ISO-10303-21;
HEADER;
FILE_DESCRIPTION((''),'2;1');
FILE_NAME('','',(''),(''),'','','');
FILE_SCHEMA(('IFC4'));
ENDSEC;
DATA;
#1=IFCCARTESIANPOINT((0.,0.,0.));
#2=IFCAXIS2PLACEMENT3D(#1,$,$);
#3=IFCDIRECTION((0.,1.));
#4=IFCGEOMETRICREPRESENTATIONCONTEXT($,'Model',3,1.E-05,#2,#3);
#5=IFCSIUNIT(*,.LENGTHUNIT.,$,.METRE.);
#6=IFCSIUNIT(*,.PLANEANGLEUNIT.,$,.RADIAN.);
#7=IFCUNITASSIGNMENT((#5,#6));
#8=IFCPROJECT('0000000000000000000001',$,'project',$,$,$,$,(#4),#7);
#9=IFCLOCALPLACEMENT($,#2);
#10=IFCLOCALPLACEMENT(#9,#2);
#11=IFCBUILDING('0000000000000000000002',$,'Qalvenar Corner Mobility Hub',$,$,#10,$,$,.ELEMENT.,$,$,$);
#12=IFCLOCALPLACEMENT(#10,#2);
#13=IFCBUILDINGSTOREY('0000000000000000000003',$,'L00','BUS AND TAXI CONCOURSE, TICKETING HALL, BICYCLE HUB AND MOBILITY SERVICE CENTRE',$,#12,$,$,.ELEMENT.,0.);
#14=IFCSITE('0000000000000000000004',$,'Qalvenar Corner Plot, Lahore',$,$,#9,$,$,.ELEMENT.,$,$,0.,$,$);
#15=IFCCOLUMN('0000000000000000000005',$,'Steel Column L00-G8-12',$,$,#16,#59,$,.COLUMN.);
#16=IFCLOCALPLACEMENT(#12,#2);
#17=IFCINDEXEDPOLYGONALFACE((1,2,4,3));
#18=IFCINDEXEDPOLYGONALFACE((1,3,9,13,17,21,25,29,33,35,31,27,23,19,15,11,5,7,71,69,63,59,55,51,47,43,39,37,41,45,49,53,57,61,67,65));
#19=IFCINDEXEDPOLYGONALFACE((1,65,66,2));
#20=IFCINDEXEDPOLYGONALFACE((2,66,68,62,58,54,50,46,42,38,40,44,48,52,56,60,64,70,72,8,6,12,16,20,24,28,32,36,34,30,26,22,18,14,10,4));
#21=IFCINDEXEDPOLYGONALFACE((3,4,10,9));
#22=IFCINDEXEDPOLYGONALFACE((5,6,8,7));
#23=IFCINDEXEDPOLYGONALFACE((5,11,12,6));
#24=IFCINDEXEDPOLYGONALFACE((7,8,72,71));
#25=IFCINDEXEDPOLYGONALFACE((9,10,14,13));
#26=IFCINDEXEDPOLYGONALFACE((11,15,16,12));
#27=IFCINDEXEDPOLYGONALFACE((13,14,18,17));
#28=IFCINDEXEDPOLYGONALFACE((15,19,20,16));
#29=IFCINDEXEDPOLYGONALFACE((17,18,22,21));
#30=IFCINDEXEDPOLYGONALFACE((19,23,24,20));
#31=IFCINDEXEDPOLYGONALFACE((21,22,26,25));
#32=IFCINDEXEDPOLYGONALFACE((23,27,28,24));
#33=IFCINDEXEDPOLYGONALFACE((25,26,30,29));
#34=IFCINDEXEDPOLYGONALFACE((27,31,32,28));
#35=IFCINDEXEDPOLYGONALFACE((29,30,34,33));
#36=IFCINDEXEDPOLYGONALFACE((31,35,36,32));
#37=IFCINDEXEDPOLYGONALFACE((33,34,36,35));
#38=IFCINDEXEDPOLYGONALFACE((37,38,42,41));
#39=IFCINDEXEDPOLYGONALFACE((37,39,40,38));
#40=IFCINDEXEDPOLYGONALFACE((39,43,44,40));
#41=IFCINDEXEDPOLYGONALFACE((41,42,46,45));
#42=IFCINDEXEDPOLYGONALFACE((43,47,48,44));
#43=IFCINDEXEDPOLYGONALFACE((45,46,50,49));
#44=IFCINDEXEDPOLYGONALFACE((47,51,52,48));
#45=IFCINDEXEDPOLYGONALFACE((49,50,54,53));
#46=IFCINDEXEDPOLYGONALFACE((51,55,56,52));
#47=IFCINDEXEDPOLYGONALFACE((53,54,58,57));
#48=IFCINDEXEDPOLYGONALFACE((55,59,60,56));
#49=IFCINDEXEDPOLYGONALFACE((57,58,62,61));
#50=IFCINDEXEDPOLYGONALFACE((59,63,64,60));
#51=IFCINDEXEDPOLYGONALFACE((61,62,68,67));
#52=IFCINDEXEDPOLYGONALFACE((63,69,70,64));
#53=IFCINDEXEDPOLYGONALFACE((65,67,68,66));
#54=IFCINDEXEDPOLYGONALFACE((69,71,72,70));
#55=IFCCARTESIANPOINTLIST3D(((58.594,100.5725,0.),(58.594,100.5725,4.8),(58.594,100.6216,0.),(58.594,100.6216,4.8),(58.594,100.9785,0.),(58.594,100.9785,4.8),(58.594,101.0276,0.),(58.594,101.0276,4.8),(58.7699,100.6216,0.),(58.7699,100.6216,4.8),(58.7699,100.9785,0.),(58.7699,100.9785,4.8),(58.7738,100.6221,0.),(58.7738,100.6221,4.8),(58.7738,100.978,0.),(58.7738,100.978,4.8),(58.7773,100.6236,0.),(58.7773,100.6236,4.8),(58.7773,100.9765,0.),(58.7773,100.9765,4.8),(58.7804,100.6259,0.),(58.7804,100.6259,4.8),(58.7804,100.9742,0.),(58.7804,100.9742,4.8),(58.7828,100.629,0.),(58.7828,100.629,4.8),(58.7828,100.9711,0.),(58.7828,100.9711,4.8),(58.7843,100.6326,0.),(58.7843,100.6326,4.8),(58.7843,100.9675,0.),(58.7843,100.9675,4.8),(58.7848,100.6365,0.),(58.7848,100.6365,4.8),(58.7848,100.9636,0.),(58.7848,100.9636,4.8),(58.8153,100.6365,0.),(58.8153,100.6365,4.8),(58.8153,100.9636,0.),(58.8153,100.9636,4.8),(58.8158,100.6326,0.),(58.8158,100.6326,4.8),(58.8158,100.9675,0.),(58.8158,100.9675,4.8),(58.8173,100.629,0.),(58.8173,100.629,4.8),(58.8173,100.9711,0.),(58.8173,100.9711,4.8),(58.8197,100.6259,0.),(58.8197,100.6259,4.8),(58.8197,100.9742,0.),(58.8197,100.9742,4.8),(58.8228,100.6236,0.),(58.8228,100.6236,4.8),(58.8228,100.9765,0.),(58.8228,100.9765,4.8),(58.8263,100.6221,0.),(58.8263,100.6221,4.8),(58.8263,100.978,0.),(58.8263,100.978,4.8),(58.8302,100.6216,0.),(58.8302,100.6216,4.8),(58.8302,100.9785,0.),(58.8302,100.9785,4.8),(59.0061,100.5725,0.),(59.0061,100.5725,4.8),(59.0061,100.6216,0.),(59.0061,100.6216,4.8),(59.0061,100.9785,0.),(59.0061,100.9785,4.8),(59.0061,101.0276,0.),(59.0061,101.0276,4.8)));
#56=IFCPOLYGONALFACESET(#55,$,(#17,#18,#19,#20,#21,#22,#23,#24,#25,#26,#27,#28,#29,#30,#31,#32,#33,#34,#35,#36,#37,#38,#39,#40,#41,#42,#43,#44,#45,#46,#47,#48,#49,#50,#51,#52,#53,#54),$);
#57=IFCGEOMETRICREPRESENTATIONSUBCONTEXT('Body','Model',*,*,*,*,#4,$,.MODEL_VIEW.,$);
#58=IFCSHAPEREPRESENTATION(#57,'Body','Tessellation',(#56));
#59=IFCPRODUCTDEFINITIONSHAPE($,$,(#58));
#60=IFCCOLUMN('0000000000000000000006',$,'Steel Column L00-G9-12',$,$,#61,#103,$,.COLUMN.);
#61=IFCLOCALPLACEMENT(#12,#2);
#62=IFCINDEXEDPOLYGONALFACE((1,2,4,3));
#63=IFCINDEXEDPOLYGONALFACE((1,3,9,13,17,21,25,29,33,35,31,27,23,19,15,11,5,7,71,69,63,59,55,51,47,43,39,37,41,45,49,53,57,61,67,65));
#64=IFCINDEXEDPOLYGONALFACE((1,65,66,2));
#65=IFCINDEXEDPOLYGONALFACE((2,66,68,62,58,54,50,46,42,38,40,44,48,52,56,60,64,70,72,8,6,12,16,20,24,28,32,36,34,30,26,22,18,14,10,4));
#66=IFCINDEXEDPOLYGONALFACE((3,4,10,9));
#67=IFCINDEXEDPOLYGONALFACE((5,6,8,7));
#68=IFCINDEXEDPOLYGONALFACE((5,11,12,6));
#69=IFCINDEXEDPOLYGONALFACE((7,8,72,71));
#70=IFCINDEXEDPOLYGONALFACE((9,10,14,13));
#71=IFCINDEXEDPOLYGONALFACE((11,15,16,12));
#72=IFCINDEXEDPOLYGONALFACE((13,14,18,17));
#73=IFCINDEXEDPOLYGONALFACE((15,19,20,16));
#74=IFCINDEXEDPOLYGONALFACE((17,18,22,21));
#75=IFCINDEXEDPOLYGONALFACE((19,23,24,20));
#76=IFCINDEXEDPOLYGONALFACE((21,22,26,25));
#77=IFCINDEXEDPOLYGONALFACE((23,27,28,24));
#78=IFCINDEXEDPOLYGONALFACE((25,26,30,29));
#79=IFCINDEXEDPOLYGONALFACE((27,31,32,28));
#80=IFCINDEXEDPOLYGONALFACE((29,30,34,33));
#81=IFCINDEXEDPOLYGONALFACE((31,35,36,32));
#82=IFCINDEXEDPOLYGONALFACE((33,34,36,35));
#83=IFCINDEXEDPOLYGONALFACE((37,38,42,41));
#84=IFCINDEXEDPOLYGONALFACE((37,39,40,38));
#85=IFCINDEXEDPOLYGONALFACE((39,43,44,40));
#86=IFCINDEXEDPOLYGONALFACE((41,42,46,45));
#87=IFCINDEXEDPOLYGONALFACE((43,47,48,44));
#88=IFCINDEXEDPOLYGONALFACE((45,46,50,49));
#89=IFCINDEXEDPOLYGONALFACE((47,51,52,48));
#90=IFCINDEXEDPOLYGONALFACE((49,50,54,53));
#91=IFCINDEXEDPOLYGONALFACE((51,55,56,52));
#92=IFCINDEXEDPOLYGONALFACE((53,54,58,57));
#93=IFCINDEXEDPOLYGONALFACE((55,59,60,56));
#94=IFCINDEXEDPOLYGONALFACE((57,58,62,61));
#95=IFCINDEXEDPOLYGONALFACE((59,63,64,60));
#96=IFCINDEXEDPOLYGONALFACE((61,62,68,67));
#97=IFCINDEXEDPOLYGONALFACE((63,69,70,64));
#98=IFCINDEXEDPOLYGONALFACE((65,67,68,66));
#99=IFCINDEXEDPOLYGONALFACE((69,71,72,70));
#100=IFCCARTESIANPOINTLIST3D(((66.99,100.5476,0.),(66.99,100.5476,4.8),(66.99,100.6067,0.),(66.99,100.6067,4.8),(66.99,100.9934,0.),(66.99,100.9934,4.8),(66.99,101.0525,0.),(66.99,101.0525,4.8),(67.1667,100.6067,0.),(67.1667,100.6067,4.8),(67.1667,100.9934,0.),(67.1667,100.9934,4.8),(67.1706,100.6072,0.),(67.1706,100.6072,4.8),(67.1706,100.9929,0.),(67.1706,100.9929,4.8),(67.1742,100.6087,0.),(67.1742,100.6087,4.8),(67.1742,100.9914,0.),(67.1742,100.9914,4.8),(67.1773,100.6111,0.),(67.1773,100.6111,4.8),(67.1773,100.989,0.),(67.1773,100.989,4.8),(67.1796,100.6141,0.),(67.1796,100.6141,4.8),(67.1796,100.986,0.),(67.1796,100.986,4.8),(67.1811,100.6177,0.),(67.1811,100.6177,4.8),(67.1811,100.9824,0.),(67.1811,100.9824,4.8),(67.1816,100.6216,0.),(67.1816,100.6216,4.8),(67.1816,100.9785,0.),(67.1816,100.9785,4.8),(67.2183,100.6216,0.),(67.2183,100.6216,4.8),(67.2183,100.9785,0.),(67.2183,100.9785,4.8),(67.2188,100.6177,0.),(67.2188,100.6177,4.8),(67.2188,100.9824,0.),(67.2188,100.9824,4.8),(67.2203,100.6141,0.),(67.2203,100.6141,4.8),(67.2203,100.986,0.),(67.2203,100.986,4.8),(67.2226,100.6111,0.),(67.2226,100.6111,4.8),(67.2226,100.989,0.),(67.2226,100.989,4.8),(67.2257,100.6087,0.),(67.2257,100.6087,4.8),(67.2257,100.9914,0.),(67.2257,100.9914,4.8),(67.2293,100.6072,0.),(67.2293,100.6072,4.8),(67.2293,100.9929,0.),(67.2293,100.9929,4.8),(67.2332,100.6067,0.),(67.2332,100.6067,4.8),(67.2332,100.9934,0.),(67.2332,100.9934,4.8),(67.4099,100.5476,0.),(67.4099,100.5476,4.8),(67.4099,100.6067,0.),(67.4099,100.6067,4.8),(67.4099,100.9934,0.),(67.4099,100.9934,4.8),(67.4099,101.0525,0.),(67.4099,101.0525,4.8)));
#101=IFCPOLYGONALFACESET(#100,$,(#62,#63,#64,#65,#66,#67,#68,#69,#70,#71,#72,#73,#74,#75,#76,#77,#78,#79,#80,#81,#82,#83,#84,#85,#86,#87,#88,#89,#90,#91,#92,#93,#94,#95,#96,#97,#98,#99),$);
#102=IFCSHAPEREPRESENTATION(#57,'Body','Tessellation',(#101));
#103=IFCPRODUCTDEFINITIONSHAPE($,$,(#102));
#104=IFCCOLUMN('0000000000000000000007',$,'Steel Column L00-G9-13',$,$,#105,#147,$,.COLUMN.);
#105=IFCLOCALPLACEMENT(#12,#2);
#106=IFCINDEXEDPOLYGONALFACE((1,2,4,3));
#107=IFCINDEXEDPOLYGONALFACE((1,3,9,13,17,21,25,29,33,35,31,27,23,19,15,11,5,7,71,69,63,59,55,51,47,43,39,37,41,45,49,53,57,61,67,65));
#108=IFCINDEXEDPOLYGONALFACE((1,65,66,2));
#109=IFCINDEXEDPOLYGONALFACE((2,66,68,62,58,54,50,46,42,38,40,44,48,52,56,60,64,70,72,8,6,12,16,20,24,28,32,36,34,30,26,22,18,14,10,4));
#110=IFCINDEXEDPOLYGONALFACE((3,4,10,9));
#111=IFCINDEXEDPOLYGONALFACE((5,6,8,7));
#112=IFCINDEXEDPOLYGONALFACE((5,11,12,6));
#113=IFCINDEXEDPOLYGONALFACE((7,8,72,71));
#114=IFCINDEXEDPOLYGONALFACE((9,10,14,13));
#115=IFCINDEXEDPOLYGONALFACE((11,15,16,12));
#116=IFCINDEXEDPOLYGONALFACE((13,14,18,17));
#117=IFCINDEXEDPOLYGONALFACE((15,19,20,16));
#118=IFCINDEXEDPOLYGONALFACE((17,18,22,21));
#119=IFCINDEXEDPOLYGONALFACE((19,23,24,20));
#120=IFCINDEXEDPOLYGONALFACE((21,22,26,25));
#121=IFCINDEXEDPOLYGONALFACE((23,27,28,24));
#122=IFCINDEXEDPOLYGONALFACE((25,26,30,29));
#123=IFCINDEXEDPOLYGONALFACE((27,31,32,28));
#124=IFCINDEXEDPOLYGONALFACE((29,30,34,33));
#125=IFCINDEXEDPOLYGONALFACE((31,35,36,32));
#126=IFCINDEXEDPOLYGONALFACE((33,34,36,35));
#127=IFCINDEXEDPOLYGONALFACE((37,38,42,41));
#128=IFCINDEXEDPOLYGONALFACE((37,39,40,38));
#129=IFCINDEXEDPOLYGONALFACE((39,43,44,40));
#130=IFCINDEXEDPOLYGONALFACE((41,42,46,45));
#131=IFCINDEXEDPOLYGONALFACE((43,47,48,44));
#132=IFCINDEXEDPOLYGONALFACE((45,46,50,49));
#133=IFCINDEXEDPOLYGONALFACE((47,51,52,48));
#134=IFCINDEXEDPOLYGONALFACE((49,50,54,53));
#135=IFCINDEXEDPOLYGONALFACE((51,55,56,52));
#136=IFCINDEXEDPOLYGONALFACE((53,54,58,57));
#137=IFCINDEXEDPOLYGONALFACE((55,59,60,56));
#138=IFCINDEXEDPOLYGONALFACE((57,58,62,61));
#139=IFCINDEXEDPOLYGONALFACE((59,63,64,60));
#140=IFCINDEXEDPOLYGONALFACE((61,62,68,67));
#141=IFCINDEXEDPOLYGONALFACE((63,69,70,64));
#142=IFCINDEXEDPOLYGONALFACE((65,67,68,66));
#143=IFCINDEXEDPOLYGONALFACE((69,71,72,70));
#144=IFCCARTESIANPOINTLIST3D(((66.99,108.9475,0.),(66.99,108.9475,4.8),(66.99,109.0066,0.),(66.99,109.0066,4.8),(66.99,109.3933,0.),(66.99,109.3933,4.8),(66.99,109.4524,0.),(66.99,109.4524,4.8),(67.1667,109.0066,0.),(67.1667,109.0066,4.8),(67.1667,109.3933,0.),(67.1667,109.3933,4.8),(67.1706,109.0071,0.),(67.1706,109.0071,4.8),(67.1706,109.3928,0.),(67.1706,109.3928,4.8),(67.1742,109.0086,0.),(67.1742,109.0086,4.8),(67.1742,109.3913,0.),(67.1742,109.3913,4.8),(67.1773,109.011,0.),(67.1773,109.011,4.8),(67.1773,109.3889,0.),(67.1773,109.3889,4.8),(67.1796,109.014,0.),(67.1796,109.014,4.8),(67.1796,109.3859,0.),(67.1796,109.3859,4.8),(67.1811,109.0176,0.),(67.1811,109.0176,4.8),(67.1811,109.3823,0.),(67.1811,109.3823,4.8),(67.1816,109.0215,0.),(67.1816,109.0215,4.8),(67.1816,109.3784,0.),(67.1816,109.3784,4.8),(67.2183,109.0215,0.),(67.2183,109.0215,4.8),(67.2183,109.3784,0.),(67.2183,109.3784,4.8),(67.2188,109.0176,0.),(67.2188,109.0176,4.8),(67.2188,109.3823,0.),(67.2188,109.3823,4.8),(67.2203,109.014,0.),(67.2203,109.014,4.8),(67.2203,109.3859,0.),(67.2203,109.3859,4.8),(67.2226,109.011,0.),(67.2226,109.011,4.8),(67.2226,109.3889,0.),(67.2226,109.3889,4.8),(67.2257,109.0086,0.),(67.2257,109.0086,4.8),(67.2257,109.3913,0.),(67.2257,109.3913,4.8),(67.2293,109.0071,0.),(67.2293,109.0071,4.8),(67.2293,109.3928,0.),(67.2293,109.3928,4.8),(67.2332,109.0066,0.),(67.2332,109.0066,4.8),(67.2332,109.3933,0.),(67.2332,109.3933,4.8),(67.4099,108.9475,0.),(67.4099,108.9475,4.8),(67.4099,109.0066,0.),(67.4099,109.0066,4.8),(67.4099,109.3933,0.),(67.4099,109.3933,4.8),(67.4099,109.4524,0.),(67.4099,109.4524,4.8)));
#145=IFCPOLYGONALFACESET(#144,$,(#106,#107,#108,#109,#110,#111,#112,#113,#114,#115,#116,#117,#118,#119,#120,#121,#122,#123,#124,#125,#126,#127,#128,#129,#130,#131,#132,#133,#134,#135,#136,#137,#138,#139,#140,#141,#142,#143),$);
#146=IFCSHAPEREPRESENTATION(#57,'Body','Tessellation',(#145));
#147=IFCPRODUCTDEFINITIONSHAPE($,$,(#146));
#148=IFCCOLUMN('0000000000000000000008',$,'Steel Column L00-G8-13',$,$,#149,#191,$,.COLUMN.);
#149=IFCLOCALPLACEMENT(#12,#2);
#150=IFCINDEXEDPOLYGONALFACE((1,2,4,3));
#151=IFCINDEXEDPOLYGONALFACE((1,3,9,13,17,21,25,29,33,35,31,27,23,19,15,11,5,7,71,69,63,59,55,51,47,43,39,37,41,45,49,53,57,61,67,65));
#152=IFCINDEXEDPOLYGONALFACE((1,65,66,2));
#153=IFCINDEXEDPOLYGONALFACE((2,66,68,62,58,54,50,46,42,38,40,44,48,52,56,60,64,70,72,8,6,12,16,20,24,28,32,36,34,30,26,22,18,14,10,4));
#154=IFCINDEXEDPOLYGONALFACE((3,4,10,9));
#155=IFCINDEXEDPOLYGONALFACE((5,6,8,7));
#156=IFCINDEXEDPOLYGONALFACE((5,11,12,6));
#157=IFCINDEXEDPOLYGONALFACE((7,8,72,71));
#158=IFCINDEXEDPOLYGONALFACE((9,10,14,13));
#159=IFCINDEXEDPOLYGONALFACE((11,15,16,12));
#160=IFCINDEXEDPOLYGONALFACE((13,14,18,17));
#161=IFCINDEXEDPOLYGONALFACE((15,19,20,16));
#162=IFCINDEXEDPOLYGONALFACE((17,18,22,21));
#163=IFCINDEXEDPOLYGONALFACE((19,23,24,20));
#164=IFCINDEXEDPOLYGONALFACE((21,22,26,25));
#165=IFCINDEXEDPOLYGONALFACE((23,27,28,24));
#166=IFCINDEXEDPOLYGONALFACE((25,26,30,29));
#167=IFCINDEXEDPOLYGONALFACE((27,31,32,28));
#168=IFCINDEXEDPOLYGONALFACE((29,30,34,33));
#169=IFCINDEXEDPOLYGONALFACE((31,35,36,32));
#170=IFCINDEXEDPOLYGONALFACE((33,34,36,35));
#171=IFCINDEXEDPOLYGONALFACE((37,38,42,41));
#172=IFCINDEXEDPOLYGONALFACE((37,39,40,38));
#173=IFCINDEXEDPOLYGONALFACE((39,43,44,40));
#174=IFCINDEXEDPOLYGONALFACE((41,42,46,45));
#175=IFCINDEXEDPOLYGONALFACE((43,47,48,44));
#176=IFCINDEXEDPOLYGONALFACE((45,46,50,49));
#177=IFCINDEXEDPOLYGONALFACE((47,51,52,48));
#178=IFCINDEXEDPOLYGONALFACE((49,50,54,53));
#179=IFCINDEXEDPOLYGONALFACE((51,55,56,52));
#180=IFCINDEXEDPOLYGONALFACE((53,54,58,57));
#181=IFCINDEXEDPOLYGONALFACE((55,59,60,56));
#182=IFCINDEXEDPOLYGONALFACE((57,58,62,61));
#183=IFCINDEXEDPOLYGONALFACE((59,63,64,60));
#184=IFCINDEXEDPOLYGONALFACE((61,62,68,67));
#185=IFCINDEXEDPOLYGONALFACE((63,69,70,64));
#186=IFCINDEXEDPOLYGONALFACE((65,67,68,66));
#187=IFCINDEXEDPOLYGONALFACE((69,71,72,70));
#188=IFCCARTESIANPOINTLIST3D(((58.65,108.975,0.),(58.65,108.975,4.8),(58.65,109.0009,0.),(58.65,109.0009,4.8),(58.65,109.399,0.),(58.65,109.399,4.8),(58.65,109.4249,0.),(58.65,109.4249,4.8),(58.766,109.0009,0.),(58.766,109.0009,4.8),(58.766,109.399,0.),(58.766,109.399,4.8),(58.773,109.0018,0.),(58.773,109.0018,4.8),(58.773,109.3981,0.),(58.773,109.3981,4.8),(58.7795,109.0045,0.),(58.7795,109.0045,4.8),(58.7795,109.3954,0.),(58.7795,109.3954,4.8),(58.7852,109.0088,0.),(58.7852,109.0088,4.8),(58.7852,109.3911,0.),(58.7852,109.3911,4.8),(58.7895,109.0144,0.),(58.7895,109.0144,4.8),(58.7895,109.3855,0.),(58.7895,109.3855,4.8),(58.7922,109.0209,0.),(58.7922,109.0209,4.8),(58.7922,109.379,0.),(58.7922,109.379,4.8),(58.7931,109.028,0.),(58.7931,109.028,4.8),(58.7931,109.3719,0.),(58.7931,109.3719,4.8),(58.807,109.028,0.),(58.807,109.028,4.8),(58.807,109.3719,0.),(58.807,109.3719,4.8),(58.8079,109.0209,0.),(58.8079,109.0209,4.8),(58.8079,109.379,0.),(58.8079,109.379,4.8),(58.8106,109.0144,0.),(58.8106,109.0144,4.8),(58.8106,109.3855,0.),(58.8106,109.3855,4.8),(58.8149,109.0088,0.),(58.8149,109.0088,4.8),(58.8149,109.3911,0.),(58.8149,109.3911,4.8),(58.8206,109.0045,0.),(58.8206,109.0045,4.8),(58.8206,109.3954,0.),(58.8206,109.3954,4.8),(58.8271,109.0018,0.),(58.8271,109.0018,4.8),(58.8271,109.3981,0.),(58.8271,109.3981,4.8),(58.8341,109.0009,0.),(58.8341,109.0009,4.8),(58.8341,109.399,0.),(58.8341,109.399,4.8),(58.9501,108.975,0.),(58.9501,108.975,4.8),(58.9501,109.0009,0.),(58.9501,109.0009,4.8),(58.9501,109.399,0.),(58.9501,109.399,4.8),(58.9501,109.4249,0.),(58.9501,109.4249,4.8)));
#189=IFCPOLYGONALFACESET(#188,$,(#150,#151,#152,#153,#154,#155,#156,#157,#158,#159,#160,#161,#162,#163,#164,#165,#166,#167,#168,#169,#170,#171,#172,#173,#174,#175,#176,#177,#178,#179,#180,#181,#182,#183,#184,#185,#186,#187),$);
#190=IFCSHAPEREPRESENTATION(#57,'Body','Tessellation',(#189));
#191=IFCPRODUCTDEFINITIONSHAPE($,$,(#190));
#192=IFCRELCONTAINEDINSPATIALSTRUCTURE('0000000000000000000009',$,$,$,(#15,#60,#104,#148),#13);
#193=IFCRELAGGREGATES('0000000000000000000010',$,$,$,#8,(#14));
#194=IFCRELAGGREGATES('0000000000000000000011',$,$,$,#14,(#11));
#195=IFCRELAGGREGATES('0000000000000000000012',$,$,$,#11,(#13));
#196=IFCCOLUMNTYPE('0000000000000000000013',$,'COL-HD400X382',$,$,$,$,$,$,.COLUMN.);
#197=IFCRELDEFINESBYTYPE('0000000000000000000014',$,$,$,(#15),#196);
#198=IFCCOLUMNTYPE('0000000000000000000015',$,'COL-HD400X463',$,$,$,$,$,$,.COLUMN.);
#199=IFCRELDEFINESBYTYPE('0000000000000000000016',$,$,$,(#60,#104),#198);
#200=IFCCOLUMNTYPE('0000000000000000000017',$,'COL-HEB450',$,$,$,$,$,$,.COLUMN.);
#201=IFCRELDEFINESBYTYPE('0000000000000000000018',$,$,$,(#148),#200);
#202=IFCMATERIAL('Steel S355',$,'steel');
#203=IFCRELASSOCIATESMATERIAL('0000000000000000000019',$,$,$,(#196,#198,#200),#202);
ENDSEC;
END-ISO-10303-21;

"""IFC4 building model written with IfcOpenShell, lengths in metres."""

from ifc_helpers import new_model, si_unit, direction, frame, origin, origin_2d, place, context, subcontext, project, spatial, i_section, extrude, material, material_profile, profile_set, type_object, element, save


model = new_model("IFC4")

# Units and contexts
model_context = context("Model", 3, precision=1e-05, world=origin(), true_north=direction((0.0, 1.0)))
body_context = subcontext(model_context, "Body", "Model", "MODEL_VIEW")
ifc_project = project(units=[si_unit("LENGTHUNIT", "METRE"), si_unit("PLANEANGLEUNIT", "RADIAN")], contexts=[model_context])

# Site, building, storey
site_placement = place(None, origin())
site = spatial("IfcSite", under=ifc_project, at=site_placement, Name="Qalvenar Corner Plot, Lahore", CompositionType="ELEMENT", RefElevation=0.0)
building_placement = place(site_placement, origin())
building = spatial("IfcBuilding", under=site, at=building_placement, Name="Qalvenar Corner Mobility Hub", CompositionType="ELEMENT")
storey_placement = place(building_placement, origin())
storey = spatial("IfcBuildingStorey", under=building, at=storey_placement, Name="L00", Description="BUS AND TAXI CONCOURSE, TICKETING HALL, BICYCLE HUB AND MOBILITY SERVICE CENTRE", CompositionType="ELEMENT", Elevation=0.0)

# Columns
ifc_material_1 = material(Name="Steel S355", Category="steel")
ifc_material_profile_1 = material_profile(ifc_material_1, i_section(OverallWidth=0.4121, OverallDepth=0.4551, WebThickness=0.0305, FlangeThickness=0.0491, FilletRadius=0.0149, at=origin_2d()), Name="HD400x421")
ifc_profile_set_1 = profile_set([ifc_material_profile_1], Name="Steel S355")
column_type_1 = type_object("IfcColumnType", Name="COL-HD400X382", PredefinedType="COLUMN", material=ifc_profile_set_1)
column_1_placement = place(storey_placement, frame((58.8, 100.8, 0.0), z_axis=(0.0, 0.0, 1.0), x_axis=(1.0, 0.0, 0.0)))
element("IfcColumn", 1, at=column_1_placement, inside=storey, type_object=column_type_1, Name="Steel Column L00-G8-12", PredefinedType="COLUMN", context=body_context, shape_type="SweptSolid", body=[
    extrude(i_section(OverallWidth=0.4121, OverallDepth=0.4551, WebThickness=0.0305, FlangeThickness=0.0491, FilletRadius=0.0149, at=origin_2d()), origin(), (0.0, 0.0, 1.0), 4.8),
])
ifc_material_profile_2 = material_profile(ifc_material_1, i_section(OverallWidth=0.4199, OverallDepth=0.5049, WebThickness=0.0366, FlangeThickness=0.0591, FilletRadius=0.0149, at=origin_2d()), Name="HD400x551")
ifc_profile_set_2 = profile_set([ifc_material_profile_2], Name="Steel S355")
column_type_2 = type_object("IfcColumnType", Name="COL-HD400X463", PredefinedType="COLUMN", material=ifc_profile_set_2)
for number, where, z_axis, x_axis, name in (
    (2, (67.2, 100.8, 0.0), (0.0, 0.0, 1.0), (1.0, 0.0, 0.0), "Steel Column L00-G9-12"),
    (3, (67.2, 109.2, 0.0), (0.0, 0.0, 1.0), (1.0, 0.0, 0.0), "Steel Column L00-G9-13"),
):
    element("IfcColumn", number, at=place(storey_placement, frame(where, z_axis=z_axis, x_axis=x_axis)), inside=storey, type_object=column_type_2, Name=name, PredefinedType="COLUMN", context=body_context, shape_type="SweptSolid", body=[
        extrude(i_section(OverallWidth=0.4199, OverallDepth=0.5049, WebThickness=0.0366, FlangeThickness=0.0591, FilletRadius=0.0149, at=origin_2d()), origin(), (0.0, 0.0, 1.0), 4.8),
    ])
ifc_material_profile_3 = material_profile(ifc_material_1, i_section(OverallWidth=0.3, OverallDepth=0.45, WebThickness=0.0139, FlangeThickness=0.0259, FilletRadius=0.0271, at=origin_2d()), Name="HEB450")
ifc_profile_set_3 = profile_set([ifc_material_profile_3], Name="Steel S355")
column_type_3 = type_object("IfcColumnType", Name="COL-HEB450", PredefinedType="COLUMN", material=ifc_profile_set_3)
column_2_placement = place(storey_placement, frame((58.8, 109.2, 0.0), z_axis=(0.0, 0.0, 1.0), x_axis=(1.0, 0.0, 0.0)))
element("IfcColumn", 4, at=column_2_placement, inside=storey, type_object=column_type_3, Name="Steel Column L00-G8-13", PredefinedType="COLUMN", context=body_context, shape_type="SweptSolid", body=[
    extrude(i_section(OverallWidth=0.3, OverallDepth=0.45, WebThickness=0.0139, FlangeThickness=0.0259, FilletRadius=0.0271, at=origin_2d()), origin(), (0.0, 0.0, 1.0), 4.8),
])

save(model, "model.ifc")
